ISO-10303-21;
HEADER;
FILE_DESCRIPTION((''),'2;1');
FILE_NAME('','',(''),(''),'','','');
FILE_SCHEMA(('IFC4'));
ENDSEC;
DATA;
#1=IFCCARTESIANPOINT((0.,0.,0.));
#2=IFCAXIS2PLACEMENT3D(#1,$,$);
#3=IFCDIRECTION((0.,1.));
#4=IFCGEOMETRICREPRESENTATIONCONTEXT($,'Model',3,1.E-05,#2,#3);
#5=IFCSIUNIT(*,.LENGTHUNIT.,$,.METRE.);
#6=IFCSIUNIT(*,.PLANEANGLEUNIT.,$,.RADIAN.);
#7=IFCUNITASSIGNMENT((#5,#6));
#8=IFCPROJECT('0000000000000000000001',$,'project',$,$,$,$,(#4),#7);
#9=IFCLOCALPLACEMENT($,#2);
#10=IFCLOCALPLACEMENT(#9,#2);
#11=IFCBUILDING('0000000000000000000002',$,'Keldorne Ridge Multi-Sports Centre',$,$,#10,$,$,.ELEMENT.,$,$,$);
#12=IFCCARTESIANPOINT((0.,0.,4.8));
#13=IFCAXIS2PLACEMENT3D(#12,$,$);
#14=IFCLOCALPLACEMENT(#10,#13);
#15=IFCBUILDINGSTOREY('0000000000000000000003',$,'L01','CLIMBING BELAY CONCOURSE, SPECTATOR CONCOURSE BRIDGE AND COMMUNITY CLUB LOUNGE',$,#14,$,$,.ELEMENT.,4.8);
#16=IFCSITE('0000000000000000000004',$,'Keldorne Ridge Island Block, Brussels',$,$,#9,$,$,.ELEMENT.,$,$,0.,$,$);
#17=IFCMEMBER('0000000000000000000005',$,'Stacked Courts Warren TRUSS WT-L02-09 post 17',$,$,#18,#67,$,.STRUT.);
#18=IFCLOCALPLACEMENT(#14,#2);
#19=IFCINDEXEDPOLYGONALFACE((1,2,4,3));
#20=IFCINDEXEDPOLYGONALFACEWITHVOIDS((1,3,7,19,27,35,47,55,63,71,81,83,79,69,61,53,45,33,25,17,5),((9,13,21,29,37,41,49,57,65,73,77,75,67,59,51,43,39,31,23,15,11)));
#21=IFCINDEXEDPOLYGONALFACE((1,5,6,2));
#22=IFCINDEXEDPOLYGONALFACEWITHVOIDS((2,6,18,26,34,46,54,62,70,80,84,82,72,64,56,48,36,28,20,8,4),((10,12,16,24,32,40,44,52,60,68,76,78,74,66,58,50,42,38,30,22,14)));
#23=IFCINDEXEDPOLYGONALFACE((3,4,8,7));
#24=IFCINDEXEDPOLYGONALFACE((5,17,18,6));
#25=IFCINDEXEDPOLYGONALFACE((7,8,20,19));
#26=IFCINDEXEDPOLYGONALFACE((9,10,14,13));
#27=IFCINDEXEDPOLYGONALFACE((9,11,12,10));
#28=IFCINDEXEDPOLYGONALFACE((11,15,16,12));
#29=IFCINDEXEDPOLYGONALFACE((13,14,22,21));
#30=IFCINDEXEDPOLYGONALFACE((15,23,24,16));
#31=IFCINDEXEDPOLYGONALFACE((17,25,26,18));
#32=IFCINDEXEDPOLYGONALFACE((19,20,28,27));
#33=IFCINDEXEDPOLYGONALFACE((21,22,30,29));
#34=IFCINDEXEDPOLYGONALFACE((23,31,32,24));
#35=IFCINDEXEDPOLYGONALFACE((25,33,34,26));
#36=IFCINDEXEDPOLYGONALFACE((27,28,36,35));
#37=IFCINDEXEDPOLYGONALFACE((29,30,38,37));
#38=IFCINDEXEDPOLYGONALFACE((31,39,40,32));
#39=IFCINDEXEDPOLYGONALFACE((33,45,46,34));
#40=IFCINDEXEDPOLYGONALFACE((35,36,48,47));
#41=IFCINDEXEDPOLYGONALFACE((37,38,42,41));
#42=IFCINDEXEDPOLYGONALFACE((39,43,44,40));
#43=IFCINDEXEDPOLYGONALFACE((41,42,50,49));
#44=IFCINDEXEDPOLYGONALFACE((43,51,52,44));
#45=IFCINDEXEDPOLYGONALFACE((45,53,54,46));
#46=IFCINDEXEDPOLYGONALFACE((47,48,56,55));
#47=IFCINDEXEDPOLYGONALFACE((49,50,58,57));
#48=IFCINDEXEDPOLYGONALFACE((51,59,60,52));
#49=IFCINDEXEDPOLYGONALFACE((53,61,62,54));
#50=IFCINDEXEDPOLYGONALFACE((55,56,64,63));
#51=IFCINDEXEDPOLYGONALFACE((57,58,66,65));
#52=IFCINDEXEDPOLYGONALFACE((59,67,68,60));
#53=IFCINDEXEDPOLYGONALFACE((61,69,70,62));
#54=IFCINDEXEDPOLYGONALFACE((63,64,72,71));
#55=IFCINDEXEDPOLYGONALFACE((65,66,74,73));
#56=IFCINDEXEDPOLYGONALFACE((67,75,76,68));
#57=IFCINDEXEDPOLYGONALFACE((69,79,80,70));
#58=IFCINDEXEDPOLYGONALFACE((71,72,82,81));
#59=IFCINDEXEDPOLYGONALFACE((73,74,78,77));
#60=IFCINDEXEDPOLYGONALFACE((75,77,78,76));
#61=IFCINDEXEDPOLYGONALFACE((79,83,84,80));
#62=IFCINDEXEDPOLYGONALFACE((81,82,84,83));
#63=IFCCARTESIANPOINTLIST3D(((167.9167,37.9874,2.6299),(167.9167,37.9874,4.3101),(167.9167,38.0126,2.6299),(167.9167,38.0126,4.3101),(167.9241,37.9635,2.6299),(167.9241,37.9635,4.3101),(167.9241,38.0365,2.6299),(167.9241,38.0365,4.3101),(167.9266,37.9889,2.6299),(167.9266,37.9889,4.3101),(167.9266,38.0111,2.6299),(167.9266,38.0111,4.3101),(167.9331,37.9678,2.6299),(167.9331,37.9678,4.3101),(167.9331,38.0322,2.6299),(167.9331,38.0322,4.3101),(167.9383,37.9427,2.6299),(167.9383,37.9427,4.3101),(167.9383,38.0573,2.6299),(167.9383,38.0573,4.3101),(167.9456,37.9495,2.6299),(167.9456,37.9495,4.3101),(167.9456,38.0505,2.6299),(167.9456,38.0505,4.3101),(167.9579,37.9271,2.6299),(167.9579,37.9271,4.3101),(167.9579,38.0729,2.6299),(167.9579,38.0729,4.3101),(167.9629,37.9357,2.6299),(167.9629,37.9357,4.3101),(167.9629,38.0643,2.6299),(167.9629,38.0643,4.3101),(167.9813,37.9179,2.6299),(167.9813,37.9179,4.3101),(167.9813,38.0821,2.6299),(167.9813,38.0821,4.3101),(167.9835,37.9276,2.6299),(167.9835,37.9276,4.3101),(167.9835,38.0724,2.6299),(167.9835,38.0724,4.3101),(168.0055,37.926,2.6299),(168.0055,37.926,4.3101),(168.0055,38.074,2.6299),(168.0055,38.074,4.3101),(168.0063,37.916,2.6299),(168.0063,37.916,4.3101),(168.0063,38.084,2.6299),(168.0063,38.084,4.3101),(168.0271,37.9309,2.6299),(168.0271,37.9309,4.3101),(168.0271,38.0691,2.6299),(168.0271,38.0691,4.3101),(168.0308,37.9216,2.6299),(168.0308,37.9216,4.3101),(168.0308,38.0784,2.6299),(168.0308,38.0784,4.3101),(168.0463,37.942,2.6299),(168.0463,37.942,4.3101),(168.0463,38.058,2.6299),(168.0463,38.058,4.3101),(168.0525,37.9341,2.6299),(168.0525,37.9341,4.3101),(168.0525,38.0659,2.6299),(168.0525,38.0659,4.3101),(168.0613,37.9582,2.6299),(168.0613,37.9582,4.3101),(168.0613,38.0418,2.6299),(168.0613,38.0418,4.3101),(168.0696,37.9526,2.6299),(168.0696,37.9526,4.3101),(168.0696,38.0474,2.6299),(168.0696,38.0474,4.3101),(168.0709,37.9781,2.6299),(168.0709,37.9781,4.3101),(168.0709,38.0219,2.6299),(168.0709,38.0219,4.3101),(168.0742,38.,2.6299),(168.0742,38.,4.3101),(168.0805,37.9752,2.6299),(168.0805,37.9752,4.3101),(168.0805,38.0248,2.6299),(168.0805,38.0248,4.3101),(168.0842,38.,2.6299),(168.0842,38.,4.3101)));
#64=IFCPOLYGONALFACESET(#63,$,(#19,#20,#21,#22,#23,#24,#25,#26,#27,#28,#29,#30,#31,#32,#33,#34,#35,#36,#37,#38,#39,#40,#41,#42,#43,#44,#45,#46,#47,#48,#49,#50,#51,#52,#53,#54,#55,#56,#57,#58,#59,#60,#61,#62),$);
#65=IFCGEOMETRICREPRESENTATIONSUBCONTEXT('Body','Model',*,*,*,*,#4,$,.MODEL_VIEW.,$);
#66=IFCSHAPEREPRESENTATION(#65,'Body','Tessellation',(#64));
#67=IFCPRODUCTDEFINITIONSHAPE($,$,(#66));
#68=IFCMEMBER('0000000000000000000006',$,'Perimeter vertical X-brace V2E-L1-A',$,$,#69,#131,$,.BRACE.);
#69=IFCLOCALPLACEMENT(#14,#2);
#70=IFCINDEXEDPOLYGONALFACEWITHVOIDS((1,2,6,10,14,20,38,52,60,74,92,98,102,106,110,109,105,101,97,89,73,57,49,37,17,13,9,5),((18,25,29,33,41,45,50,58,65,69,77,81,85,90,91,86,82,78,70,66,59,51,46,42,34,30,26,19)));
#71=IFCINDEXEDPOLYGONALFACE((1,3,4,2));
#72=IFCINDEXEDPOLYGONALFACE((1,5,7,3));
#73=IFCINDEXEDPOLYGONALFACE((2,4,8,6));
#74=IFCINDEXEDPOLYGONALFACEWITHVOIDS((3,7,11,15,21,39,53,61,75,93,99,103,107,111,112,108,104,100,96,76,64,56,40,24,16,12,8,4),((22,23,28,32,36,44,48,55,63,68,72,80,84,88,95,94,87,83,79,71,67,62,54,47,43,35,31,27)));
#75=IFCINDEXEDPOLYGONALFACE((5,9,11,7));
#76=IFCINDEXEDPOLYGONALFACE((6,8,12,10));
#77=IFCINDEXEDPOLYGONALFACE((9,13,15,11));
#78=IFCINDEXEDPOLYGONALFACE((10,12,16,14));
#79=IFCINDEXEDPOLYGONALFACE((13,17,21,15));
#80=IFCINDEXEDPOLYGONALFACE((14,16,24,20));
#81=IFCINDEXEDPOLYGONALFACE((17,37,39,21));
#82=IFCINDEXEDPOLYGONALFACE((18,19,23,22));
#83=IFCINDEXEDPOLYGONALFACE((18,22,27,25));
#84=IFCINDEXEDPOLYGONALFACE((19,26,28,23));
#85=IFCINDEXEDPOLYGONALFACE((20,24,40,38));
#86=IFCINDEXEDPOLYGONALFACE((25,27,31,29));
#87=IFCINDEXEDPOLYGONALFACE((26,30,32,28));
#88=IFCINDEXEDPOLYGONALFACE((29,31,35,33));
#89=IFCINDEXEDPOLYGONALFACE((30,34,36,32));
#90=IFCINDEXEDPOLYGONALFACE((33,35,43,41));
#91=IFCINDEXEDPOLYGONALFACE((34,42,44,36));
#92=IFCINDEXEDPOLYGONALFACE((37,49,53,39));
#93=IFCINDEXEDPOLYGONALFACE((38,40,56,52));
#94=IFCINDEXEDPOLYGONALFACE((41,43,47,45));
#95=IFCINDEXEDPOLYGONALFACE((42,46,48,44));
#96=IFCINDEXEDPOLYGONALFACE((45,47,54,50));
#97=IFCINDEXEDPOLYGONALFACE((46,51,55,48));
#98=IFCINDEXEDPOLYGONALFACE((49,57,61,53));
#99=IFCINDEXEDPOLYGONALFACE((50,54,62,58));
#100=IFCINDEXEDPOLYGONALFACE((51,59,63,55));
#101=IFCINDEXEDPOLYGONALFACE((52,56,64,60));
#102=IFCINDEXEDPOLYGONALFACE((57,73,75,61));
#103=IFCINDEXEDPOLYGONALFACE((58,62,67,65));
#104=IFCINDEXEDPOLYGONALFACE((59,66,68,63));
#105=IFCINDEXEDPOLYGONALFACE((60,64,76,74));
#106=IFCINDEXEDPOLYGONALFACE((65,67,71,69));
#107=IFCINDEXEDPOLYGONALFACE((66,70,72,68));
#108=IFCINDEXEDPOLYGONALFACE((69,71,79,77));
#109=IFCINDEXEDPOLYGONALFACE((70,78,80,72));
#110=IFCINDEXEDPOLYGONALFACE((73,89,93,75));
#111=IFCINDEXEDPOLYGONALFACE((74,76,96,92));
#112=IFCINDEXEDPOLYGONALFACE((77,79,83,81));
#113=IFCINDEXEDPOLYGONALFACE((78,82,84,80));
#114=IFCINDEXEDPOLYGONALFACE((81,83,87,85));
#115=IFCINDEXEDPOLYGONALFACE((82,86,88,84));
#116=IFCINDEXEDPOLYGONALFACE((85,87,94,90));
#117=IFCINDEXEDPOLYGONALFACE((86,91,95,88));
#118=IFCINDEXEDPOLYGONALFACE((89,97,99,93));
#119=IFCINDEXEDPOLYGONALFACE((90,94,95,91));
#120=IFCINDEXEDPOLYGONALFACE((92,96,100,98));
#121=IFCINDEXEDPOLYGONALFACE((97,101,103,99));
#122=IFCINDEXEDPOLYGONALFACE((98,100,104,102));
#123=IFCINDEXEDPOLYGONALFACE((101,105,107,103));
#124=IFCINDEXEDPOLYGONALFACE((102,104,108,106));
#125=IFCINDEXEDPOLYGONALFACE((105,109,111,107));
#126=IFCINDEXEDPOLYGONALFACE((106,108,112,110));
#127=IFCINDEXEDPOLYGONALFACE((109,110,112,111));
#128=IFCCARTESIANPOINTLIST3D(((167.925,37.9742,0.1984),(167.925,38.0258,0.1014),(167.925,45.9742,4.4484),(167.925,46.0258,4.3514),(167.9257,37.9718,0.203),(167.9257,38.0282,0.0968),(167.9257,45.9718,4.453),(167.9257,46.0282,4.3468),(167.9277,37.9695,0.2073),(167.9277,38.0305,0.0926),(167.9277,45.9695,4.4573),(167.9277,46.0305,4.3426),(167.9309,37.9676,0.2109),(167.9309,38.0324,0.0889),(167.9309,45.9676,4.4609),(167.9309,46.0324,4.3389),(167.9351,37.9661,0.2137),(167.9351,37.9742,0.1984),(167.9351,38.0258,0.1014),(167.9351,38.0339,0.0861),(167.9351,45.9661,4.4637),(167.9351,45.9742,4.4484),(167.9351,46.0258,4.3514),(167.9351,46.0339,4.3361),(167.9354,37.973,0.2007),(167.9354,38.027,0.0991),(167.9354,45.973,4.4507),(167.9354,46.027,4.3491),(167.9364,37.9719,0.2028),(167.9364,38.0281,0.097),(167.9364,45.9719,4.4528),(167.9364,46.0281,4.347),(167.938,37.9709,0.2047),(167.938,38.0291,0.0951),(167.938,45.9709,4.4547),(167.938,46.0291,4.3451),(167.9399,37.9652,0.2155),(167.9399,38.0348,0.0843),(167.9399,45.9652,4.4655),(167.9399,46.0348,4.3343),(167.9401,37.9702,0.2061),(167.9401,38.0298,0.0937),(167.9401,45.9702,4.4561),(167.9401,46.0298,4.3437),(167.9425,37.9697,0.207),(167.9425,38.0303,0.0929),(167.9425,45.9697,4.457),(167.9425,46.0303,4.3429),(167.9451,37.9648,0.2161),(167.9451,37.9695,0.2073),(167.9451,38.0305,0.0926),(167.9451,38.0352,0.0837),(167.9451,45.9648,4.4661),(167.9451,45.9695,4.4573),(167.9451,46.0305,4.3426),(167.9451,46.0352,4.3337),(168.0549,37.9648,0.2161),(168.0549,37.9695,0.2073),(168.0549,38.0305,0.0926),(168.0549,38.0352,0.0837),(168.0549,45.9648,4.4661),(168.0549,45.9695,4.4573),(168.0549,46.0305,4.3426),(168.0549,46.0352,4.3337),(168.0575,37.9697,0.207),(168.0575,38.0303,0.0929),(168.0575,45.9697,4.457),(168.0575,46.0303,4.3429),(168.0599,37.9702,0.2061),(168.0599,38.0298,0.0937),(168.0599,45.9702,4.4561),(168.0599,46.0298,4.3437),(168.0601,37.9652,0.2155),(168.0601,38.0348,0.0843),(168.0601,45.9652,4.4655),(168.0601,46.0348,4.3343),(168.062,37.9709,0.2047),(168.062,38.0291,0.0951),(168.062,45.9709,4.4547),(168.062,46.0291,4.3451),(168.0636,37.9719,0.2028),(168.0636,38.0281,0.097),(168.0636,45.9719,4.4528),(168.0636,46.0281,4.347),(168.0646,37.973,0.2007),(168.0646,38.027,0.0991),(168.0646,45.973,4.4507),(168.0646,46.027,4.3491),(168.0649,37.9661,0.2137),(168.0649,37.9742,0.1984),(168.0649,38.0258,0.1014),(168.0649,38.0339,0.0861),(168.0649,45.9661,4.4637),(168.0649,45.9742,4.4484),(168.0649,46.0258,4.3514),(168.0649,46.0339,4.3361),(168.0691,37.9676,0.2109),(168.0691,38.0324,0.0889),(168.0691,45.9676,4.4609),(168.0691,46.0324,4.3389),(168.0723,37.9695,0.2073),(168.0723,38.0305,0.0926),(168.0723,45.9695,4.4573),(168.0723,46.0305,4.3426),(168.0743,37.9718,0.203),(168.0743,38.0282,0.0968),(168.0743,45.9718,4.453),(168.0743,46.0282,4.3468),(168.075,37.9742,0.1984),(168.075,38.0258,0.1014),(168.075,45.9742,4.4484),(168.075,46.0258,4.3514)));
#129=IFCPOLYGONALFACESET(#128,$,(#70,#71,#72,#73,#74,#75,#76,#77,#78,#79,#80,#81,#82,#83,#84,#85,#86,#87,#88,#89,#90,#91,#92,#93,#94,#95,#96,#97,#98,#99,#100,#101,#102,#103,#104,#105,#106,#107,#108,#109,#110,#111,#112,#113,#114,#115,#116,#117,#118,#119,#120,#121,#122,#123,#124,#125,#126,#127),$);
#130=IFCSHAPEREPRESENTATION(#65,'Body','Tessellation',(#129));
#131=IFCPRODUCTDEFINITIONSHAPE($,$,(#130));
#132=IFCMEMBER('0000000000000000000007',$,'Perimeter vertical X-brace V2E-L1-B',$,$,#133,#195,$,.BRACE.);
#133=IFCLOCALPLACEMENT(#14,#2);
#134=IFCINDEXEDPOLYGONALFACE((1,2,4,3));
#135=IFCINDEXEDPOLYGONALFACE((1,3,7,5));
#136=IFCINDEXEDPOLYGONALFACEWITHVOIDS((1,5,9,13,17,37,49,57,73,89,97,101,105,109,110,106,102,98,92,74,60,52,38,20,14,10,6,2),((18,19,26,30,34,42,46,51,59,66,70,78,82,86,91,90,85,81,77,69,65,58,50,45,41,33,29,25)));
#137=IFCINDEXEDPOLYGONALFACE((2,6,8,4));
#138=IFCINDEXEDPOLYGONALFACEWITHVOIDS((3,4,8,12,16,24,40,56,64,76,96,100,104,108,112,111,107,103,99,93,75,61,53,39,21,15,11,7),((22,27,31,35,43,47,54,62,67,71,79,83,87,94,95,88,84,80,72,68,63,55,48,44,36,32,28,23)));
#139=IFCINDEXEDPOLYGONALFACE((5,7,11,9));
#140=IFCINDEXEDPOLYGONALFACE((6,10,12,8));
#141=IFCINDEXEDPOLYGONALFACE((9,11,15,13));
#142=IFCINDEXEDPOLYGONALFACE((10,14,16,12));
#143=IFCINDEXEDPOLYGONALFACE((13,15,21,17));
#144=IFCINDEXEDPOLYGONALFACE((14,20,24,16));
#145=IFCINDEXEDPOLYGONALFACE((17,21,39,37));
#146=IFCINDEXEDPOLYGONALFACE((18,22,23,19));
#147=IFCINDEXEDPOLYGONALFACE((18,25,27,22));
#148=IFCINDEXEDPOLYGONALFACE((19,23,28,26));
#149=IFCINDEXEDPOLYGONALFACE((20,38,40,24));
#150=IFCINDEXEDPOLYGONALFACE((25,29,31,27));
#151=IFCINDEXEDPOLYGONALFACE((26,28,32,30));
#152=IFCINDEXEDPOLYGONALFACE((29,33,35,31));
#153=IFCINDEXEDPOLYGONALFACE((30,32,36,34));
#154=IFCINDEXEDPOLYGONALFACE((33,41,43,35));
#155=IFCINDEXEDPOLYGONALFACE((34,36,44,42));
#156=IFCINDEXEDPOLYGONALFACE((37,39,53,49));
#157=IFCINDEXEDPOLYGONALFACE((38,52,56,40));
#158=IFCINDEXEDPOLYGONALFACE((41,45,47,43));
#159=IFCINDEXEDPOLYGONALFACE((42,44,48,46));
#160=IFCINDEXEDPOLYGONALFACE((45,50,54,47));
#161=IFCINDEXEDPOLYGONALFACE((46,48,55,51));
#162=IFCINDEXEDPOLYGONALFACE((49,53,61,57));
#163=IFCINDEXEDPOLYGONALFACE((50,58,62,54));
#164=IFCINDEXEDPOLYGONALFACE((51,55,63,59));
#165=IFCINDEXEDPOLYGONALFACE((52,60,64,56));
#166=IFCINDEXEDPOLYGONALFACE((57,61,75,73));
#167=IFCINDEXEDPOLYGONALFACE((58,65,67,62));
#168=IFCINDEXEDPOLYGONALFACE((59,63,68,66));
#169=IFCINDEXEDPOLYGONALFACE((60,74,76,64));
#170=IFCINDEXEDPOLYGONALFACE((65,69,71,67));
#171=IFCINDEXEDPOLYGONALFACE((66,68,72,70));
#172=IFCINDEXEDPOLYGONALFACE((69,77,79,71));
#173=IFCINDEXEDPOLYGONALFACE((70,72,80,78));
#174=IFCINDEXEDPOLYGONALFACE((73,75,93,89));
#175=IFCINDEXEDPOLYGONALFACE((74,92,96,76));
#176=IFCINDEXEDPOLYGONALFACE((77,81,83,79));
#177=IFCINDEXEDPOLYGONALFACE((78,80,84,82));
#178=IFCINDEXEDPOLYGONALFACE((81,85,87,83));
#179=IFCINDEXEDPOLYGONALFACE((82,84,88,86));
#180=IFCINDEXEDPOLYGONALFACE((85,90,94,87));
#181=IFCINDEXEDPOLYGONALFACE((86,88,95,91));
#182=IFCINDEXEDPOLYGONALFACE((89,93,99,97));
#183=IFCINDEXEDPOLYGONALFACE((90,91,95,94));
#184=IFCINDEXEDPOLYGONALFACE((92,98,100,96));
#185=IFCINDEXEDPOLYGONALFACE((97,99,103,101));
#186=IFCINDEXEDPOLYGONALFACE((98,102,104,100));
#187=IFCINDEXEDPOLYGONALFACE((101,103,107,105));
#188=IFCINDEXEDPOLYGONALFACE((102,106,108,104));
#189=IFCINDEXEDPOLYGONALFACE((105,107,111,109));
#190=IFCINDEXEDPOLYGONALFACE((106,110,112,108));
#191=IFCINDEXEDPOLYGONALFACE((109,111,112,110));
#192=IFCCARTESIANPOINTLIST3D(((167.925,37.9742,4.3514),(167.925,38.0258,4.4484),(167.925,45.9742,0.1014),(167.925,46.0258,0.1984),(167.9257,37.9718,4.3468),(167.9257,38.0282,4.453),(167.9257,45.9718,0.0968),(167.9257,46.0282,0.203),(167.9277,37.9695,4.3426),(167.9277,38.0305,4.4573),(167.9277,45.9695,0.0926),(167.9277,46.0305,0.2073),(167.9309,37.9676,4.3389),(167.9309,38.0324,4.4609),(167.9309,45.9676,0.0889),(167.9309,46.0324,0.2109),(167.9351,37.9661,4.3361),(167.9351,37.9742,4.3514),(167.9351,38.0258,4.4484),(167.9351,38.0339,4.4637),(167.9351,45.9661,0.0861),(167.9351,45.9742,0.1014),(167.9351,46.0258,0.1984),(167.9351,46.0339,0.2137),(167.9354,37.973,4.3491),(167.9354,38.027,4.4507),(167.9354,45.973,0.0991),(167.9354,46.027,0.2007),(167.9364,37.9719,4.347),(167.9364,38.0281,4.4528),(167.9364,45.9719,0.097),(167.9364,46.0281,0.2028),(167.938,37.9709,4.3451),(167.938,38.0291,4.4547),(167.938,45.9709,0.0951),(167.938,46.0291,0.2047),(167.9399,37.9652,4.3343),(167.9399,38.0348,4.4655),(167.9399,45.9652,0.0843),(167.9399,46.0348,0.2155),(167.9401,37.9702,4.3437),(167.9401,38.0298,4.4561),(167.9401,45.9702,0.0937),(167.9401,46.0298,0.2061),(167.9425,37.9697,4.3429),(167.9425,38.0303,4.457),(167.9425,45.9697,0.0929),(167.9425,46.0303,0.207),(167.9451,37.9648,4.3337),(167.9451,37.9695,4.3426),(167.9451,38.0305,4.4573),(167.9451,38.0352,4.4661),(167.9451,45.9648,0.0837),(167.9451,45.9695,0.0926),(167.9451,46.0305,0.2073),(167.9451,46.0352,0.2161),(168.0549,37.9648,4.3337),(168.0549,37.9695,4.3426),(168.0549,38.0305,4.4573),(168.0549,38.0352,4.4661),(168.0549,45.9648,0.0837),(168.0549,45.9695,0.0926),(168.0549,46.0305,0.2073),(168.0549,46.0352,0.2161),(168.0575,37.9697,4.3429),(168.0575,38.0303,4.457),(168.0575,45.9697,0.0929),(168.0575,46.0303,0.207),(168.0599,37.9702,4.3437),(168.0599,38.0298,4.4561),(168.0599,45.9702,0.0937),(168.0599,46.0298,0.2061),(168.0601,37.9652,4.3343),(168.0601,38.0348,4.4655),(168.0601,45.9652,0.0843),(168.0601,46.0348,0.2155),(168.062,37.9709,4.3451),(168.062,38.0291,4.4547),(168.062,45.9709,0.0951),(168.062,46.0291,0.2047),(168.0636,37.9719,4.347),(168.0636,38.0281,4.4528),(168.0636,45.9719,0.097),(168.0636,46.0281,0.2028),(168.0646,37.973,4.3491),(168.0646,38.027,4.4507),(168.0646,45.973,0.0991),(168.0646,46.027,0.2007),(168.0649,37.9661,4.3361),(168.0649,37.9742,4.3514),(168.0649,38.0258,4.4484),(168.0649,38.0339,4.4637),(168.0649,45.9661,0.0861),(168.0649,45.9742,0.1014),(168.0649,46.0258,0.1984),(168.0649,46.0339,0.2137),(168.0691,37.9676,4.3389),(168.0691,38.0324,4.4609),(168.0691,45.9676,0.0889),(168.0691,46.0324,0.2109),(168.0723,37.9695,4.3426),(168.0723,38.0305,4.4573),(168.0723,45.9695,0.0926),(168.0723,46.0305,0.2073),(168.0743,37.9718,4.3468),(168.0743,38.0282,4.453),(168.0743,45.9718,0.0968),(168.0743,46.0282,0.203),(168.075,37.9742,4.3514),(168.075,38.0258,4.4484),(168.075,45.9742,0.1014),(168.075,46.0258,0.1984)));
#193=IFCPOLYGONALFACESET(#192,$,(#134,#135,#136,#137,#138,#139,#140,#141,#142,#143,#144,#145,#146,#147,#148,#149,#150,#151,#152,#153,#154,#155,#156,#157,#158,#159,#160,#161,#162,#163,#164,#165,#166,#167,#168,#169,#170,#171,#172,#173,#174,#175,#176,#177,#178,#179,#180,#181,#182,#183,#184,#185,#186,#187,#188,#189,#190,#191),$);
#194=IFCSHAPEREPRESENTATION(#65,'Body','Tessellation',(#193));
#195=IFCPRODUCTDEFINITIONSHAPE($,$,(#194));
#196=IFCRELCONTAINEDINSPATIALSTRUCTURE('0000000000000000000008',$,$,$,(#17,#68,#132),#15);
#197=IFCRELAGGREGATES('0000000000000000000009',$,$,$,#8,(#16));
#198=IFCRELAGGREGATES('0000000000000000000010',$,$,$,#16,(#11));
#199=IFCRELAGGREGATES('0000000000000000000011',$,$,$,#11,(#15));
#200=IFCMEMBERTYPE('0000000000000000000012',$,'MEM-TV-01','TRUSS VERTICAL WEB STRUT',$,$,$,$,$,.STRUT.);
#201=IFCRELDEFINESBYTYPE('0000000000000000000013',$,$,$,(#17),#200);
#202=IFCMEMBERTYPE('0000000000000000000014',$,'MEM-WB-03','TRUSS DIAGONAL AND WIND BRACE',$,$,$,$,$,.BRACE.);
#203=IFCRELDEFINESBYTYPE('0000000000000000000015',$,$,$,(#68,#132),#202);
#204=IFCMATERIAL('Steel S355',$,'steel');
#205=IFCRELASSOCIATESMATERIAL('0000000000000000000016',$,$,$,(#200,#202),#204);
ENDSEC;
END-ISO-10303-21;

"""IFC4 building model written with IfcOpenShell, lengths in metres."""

from ifc_helpers import new_model, si_unit, direction, frame, origin, origin_2d, place, context, subcontext, project, spatial, hollow_rectangle, hollow_circle, extrude, material, material_profile, profile_set, type_object, element, save


model = new_model("IFC4")

# Units and contexts
model_context = context("Model", 3, precision=1e-05, world=origin(), true_north=direction((0.0, 1.0)))
body_context = subcontext(model_context, "Body", "Model", "MODEL_VIEW")
ifc_project = project(units=[si_unit("LENGTHUNIT", "METRE"), si_unit("PLANEANGLEUNIT", "RADIAN")], contexts=[model_context])

# Site, building, storey
site_placement = place(None, origin())
site = spatial("IfcSite", under=ifc_project, at=site_placement, Name="Keldorne Ridge Island Block, Brussels", CompositionType="ELEMENT", RefElevation=0.0)
building_placement = place(site_placement, origin())
building = spatial("IfcBuilding", under=site, at=building_placement, Name="Keldorne Ridge Multi-Sports Centre", CompositionType="ELEMENT")
storey_placement = place(building_placement, frame((0.0, 0.0, 4.8)))
storey = spatial("IfcBuildingStorey", under=building, at=storey_placement, Name="L01", Description="CLIMBING BELAY CONCOURSE, SPECTATOR CONCOURSE BRIDGE AND COMMUNITY CLUB LOUNGE", CompositionType="ELEMENT", Elevation=4.8)

# Shared definitions
ifc_material_1 = material(Name="Steel S355", Category="steel")

# Members
ifc_material_profile_1 = material_profile(ifc_material_1, hollow_circle(Radius=0.0842, WallThickness=0.01, at=origin_2d()), Name="CHS 168.3x10")
ifc_profile_set_1 = profile_set([ifc_material_profile_1], Name="Steel S355")
member_type_1 = type_object("IfcMemberType", Name="MEM-TV-01", Description="TRUSS VERTICAL WEB STRUT", PredefinedType="STRUT", material=ifc_profile_set_1)
for number, where, z_axis, x_axis, name in (
    (1, (168.0, 38.0, 2.6299), (0.0, 0.0, 1.0), (1.0, 0.0, 0.0), "Stacked Courts Warren TRUSS WT-L02-09 post 17"),
):
    element("IfcMember", number, at=place(storey_placement, frame(where, z_axis=z_axis, x_axis=x_axis)), inside=storey, type_object=member_type_1, Name=name, PredefinedType="STRUT", context=body_context, shape_type="SweptSolid", body=[
        extrude(hollow_circle(Radius=0.0842, WallThickness=0.01, at=origin_2d()), origin(), (0.0, 0.0, 1.0), 1.6802),
    ])
ifc_material_profile_2 = material_profile(ifc_material_1, hollow_rectangle(XDim=0.1499, YDim=0.1499, WallThickness=0.01, InnerFilletRadius=0.01, OuterFilletRadius=0.02, at=origin_2d()), Name="SHS 150x150x10")
ifc_profile_set_2 = profile_set([ifc_material_profile_2], Name="Steel S355")
member_type_2 = type_object("IfcMemberType", Name="MEM-WB-03", Description="TRUSS DIAGONAL AND WIND BRACE", PredefinedType="BRACE", material=ifc_profile_set_2)
for number, where, z_axis, x_axis, name in (
    (2, (168.0, 38.0, 0.1499), (0.0, 0.883116, 0.469155), (-1.0, 0.0, 0.0), "Perimeter vertical X-brace V2E-L1-A"),
    (3, (168.0, 38.0, 4.3999), (0.0, 0.883116, -0.469155), (-1.0, 0.0, 0.0), "Perimeter vertical X-brace V2E-L1-B"),
):
    element("IfcMember", number, at=place(storey_placement, frame(where, z_axis=z_axis, x_axis=x_axis)), inside=storey, type_object=member_type_2, Name=name, PredefinedType="BRACE", context=body_context, shape_type="SweptSolid", body=[
        extrude(hollow_rectangle(XDim=0.1499, YDim=0.1499, WallThickness=0.01, InnerFilletRadius=0.01, OuterFilletRadius=0.02, at=origin_2d()), origin(), (0.0, 0.0, 1.0), 9.0588),
    ])

save(model, "model.ifc")
